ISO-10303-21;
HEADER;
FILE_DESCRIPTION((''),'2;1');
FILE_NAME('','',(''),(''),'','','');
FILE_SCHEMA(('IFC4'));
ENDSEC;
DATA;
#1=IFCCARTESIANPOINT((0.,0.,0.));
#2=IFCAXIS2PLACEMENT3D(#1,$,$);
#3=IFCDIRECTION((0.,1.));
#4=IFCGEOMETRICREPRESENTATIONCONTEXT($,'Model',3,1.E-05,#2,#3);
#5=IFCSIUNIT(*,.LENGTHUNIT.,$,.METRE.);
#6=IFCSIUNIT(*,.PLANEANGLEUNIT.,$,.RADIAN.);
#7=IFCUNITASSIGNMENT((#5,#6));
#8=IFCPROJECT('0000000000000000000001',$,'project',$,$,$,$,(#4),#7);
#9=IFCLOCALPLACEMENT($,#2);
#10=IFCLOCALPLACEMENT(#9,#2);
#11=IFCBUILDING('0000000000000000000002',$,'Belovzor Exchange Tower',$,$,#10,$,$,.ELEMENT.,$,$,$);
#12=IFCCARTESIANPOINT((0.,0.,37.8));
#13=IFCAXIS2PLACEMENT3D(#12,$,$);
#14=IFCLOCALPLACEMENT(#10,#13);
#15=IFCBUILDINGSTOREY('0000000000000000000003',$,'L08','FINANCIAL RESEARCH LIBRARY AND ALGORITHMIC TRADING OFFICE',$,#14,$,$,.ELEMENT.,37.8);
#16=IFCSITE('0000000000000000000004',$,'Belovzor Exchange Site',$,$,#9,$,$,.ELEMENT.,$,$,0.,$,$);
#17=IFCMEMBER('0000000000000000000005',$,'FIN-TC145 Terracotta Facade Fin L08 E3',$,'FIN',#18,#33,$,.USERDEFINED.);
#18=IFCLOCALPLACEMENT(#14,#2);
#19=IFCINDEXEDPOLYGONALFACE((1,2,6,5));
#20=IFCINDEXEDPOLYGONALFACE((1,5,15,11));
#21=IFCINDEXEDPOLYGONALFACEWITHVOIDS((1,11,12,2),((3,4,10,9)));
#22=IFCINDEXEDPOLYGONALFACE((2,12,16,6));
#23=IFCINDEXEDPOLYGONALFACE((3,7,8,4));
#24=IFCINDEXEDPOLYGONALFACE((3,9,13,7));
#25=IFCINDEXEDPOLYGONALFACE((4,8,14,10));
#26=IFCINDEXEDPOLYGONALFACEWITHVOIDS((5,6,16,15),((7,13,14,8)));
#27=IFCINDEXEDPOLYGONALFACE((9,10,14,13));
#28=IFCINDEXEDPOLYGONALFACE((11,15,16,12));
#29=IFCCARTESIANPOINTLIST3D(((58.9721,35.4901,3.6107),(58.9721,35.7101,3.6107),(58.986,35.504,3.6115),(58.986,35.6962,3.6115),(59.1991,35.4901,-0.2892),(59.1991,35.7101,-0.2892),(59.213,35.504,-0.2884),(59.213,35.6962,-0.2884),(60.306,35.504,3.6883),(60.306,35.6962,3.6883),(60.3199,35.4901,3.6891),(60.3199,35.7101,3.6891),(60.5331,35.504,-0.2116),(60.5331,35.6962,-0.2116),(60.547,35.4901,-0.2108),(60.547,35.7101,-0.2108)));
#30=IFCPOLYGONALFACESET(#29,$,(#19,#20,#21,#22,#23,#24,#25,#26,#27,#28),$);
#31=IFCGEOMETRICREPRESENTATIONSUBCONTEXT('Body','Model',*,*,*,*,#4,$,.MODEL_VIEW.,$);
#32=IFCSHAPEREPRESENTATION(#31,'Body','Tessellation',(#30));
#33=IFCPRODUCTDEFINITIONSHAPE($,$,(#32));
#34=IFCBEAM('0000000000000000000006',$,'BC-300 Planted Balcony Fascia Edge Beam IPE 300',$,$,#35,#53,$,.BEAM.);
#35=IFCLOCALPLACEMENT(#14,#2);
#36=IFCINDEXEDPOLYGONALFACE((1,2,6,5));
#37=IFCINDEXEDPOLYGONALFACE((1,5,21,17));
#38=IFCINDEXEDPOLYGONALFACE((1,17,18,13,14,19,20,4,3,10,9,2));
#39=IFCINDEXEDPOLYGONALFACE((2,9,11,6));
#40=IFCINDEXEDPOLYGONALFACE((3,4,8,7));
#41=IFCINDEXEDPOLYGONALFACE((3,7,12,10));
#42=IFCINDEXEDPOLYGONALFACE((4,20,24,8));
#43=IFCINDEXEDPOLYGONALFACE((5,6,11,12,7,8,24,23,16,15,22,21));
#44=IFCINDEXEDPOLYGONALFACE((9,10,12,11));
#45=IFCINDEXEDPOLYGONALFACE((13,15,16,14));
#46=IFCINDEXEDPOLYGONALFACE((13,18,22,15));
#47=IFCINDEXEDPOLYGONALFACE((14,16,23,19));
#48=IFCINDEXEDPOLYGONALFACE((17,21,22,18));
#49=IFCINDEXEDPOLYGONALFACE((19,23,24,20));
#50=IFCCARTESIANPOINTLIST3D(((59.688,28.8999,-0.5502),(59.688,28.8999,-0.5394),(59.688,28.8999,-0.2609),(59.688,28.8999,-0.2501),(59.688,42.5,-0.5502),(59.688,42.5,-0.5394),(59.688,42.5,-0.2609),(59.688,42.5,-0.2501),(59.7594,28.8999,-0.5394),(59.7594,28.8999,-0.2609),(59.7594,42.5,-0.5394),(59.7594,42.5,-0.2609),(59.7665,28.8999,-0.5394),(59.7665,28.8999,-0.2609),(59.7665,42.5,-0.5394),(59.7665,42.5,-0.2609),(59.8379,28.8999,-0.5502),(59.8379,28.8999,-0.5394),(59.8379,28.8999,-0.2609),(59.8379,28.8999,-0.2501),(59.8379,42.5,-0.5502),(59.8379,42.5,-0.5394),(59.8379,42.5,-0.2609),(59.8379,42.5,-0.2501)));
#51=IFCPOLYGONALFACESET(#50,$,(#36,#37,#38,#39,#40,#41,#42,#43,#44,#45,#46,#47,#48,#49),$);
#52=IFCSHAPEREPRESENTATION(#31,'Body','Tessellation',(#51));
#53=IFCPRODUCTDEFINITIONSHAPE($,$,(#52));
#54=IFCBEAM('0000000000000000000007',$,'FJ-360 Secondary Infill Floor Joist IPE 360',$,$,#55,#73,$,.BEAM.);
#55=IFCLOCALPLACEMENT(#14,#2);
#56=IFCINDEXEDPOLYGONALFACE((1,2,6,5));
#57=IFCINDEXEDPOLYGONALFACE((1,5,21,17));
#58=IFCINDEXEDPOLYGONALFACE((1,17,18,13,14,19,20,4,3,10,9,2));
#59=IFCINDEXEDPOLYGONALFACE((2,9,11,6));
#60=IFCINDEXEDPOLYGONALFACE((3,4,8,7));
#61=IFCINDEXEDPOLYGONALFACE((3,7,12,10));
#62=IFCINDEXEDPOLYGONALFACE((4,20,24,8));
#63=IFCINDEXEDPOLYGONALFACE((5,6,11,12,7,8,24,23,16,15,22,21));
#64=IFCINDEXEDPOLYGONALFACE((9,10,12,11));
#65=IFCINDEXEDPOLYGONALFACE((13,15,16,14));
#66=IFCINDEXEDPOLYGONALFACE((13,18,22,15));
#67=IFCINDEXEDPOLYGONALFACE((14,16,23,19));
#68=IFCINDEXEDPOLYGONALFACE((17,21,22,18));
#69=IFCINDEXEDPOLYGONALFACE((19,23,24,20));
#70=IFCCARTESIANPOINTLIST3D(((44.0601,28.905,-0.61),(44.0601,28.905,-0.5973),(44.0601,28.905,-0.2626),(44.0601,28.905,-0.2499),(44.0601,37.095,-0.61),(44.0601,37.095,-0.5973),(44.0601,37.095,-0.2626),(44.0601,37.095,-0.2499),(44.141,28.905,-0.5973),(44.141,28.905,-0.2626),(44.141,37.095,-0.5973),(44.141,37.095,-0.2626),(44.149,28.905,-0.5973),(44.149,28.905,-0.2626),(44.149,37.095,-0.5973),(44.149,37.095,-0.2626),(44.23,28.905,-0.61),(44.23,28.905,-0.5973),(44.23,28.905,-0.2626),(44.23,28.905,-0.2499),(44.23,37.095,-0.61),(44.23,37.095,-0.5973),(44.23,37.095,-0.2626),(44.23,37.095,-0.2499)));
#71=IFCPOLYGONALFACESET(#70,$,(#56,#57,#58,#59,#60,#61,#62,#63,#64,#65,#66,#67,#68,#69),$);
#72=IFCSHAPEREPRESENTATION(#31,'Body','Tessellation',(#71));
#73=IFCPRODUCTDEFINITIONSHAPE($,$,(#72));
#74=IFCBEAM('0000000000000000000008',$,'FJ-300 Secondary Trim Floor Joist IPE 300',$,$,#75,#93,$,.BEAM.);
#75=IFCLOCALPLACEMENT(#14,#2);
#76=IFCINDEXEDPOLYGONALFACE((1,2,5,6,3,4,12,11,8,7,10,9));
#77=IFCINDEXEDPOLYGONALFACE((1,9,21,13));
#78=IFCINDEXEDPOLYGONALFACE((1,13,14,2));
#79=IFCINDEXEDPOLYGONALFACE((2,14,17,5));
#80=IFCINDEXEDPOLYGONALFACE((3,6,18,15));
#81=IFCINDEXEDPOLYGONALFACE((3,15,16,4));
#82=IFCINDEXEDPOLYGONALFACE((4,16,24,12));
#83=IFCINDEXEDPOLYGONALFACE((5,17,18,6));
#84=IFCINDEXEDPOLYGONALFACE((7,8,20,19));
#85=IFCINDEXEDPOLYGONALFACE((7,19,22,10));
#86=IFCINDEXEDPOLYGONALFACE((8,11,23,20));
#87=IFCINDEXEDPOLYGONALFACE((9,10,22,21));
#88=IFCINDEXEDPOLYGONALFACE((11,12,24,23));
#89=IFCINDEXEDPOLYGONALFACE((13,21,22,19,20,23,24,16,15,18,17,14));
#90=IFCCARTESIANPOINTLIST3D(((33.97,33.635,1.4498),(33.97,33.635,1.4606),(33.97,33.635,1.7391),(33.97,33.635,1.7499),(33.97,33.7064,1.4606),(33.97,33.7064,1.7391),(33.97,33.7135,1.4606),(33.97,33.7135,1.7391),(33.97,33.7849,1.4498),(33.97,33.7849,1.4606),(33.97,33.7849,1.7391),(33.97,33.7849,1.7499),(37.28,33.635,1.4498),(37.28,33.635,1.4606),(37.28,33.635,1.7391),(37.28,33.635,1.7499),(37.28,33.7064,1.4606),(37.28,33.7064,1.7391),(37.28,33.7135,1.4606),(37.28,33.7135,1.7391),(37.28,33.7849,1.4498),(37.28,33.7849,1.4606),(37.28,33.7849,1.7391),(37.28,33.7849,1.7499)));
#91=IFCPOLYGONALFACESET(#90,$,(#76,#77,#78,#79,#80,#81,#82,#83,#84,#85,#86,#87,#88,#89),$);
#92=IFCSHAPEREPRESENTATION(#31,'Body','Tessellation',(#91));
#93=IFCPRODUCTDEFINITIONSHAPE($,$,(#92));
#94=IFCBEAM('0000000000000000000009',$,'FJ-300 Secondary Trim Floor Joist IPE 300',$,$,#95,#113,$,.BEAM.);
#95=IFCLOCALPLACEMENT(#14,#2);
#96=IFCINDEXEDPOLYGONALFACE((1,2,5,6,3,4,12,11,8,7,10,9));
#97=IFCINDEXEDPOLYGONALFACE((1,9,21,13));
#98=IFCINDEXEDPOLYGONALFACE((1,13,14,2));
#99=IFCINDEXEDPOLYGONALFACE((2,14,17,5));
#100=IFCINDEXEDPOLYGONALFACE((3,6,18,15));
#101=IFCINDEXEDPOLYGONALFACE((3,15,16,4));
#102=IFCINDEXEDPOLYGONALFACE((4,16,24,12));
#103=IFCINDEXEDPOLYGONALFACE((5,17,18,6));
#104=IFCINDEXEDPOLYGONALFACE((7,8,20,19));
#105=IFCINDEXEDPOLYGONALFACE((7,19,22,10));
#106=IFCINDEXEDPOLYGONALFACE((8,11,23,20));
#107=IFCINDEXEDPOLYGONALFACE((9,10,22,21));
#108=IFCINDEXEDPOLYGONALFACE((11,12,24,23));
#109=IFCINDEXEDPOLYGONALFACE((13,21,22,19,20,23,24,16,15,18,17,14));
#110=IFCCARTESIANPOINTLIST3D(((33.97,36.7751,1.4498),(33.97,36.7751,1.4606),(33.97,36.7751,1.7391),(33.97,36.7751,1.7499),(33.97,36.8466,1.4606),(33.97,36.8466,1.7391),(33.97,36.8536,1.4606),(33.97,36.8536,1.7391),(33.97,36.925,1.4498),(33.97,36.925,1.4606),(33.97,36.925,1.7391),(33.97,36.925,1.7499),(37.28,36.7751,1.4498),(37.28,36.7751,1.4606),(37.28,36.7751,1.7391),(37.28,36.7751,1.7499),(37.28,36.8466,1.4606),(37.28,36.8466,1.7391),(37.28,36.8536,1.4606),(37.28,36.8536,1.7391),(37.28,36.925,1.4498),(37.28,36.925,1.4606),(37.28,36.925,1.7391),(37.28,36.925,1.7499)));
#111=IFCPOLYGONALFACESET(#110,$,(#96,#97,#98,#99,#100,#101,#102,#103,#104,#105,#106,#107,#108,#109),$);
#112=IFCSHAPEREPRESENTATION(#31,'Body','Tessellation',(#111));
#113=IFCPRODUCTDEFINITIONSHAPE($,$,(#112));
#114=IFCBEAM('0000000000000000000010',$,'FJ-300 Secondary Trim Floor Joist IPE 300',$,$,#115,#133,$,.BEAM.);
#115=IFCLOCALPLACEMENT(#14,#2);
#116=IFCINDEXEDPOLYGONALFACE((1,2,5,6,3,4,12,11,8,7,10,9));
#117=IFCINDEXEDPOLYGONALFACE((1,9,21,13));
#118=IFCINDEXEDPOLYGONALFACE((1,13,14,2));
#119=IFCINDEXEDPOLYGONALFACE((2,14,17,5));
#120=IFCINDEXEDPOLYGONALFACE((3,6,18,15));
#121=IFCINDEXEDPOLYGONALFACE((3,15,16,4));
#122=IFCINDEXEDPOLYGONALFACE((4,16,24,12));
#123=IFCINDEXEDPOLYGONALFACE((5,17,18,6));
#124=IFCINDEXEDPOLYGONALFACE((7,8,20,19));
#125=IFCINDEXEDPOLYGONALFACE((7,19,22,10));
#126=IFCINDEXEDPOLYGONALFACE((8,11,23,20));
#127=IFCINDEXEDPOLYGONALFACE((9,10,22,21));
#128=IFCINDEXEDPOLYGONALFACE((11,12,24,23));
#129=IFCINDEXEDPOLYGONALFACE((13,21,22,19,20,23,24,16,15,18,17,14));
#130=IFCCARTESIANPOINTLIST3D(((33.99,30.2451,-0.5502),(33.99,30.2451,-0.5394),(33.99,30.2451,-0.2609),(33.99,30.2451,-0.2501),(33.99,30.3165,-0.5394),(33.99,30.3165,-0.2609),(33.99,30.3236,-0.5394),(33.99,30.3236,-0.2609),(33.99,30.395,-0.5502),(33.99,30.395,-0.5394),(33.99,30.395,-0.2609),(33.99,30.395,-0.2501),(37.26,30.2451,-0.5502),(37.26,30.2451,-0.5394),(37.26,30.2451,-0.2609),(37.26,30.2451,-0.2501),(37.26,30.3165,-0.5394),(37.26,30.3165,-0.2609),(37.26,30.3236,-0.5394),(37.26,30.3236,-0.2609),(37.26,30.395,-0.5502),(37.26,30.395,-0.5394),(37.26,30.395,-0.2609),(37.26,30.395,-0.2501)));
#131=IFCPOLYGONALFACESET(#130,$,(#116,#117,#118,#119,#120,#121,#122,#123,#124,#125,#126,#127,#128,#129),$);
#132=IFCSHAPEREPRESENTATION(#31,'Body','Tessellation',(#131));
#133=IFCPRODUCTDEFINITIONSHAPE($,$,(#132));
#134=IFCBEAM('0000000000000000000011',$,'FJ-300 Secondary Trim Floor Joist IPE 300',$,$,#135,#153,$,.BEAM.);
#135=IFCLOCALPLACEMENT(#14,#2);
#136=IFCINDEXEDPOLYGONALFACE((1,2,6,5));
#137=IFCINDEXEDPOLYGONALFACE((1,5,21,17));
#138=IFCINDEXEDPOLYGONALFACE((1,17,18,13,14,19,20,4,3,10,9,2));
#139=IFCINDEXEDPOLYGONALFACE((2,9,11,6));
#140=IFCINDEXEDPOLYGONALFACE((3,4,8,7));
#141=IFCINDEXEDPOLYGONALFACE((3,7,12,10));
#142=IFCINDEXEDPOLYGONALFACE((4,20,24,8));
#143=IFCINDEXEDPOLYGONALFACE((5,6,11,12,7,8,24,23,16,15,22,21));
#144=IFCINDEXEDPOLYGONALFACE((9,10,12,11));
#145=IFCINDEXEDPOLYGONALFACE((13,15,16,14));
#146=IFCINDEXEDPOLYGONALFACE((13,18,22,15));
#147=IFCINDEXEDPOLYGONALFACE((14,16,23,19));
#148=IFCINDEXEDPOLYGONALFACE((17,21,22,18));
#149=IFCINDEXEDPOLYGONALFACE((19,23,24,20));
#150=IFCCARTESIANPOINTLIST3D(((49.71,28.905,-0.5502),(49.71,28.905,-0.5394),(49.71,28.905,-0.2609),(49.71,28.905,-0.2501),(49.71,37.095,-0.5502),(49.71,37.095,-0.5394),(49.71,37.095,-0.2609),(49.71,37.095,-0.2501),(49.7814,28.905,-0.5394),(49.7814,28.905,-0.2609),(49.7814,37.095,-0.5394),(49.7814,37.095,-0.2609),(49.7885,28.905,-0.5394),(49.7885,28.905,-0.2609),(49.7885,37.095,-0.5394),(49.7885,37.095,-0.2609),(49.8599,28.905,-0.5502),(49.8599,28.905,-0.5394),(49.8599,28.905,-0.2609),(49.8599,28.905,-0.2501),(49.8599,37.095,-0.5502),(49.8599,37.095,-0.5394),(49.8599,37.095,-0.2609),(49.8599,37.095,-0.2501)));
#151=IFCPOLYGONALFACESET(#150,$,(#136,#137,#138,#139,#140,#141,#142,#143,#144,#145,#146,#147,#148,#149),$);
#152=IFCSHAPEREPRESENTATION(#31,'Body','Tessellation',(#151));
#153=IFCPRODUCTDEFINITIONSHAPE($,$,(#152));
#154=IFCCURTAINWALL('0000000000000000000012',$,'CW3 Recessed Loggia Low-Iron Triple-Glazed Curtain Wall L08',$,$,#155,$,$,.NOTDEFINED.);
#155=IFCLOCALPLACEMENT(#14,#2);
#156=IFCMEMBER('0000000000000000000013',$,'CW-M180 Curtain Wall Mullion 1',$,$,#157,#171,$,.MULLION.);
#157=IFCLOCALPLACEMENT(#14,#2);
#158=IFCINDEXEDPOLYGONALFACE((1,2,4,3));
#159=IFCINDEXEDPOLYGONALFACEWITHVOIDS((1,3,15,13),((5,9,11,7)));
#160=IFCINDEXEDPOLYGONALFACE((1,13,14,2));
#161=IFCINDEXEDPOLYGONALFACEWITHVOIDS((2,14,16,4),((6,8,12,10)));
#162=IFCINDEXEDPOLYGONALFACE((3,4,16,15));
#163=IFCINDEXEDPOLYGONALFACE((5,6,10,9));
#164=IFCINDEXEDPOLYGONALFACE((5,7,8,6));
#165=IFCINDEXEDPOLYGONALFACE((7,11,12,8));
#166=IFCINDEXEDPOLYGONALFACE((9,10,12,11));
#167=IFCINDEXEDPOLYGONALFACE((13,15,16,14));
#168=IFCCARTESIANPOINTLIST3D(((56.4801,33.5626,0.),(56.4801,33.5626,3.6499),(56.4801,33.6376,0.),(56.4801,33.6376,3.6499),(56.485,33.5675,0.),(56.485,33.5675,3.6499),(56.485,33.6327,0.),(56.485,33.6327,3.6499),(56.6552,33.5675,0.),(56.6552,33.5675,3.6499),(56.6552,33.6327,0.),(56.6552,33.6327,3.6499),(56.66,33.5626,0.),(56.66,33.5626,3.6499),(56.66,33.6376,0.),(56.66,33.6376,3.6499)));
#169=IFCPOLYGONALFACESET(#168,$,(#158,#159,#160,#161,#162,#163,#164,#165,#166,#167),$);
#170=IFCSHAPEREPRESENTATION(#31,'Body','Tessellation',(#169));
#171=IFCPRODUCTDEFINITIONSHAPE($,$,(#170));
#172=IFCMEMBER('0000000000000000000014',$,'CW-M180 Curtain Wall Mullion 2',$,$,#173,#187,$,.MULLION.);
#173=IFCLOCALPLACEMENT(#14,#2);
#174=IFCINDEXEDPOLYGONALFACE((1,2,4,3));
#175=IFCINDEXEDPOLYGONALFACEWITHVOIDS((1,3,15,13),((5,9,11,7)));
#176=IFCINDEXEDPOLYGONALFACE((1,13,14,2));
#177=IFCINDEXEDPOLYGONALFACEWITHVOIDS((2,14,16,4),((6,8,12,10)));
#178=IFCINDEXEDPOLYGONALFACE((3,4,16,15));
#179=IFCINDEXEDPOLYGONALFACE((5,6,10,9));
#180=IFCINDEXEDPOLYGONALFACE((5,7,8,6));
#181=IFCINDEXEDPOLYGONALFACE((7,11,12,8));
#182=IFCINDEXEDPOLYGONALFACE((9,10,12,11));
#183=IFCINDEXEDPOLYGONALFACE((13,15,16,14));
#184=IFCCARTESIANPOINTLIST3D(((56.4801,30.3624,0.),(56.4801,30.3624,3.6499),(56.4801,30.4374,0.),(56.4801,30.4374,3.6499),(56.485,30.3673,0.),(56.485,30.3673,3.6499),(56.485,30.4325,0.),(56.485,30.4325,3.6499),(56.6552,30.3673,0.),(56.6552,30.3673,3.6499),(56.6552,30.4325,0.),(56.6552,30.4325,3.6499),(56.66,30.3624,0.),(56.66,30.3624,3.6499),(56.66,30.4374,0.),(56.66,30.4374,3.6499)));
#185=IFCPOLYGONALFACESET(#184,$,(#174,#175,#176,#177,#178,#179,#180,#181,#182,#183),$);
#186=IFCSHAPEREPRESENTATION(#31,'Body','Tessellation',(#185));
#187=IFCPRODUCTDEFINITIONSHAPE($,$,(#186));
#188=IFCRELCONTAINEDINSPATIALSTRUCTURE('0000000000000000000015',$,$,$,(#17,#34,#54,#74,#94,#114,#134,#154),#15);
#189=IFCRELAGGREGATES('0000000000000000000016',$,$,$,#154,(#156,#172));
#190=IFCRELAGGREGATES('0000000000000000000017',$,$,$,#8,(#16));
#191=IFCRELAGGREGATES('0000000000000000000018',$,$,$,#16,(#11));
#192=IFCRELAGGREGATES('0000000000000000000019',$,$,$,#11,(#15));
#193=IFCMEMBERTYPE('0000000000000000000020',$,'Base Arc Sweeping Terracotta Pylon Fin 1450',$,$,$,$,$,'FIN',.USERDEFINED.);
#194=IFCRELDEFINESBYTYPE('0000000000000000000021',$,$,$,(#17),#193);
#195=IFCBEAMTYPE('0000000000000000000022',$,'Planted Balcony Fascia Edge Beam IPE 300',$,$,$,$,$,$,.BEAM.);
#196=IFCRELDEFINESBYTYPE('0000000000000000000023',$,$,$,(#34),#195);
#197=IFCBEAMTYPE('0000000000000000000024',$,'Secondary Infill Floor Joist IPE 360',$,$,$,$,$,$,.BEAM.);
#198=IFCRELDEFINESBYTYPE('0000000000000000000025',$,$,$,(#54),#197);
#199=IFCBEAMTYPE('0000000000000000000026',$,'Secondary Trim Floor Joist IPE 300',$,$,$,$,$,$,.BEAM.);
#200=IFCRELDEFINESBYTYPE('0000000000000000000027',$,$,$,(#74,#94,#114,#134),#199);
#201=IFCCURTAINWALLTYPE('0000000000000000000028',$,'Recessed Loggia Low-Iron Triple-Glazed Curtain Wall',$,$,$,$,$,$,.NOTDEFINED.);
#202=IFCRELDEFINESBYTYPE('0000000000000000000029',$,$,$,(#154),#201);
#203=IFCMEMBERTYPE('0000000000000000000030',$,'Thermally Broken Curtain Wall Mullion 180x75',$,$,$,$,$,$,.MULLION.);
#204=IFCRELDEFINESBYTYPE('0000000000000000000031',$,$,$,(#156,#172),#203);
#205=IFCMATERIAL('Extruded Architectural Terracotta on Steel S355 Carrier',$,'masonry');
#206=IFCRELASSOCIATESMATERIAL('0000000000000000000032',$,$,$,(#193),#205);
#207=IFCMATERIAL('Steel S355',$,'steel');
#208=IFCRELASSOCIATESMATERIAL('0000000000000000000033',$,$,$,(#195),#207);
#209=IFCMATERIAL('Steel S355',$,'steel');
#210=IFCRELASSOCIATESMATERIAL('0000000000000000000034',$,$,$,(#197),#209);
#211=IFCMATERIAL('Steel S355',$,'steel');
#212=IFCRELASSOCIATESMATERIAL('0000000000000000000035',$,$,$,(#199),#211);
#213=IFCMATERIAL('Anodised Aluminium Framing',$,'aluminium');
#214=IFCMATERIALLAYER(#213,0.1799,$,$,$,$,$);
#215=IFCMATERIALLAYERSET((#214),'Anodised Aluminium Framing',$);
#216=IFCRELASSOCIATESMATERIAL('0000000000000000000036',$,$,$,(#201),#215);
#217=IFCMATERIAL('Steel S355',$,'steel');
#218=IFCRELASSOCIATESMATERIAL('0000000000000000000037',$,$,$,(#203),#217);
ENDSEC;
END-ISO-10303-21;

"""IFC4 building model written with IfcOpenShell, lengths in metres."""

from ifc_helpers import new_model, si_unit, direction, frame, origin, origin_2d, place, context, subcontext, project, spatial, hollow_rectangle, i_section, extrude, material, layer, layer_set, material_profile, profile_set, type_object, element, aggregate, save


model = new_model("IFC4")

# Units and contexts
model_context = context("Model", 3, precision=1e-05, world=origin(), true_north=direction((0.0, 1.0)))
body_context = subcontext(model_context, "Body", "Model", "MODEL_VIEW")
ifc_project = project(units=[si_unit("LENGTHUNIT", "METRE"), si_unit("PLANEANGLEUNIT", "RADIAN")], contexts=[model_context])

# Site, building, storey
site_placement = place(None, origin())
site = spatial("IfcSite", under=ifc_project, at=site_placement, Name="Belovzor Exchange Site", CompositionType="ELEMENT", RefElevation=0.0)
building_placement = place(site_placement, origin())
building = spatial("IfcBuilding", under=site, at=building_placement, Name="Belovzor Exchange Tower", CompositionType="ELEMENT")
storey_placement = place(building_placement, frame((0.0, 0.0, 37.8)))
storey = spatial("IfcBuildingStorey", under=building, at=storey_placement, Name="L08", Description="FINANCIAL RESEARCH LIBRARY AND ALGORITHMIC TRADING OFFICE", CompositionType="ELEMENT", Elevation=37.8)

# Member
ifc_material_1 = material(Name="Extruded Architectural Terracotta on Steel S355 Carrier", Category="masonry")
ifc_material_profile_1 = material_profile(ifc_material_1, hollow_rectangle(XDim=0.22, YDim=1.3501, WallThickness=0.0139, at=origin_2d()))
ifc_profile_set_1 = profile_set([ifc_material_profile_1], Name="Extruded Architectural Terracotta on Steel S355 Carrier")
member_type_1 = type_object("IfcMemberType", Name="Base Arc Sweeping Terracotta Pylon Fin 1450", ElementType="FIN", PredefinedType="USERDEFINED", material=ifc_profile_set_1)
member_1_placement = place(storey_placement, frame((59.873, 35.6001, -0.25), z_axis=(-0.058121, 0.0, 0.99831), x_axis=(0.0, -1.0, 0.0)))
element("IfcMember", 1, at=member_1_placement, inside=storey, type_object=member_type_1, Name="FIN-TC145 Terracotta Facade Fin L08 E3", ObjectType="FIN", PredefinedType="USERDEFINED", context=body_context, shape_type="SweptSolid", body=[
    extrude(hollow_rectangle(XDim=0.22, YDim=1.3501, WallThickness=0.0139, at=origin_2d()), origin(), (0.0, 0.0, 1.0), 3.9065),
])

# Beams
ifc_material_2 = material(Name="Steel S355", Category="steel")
ifc_material_profile_2 = material_profile(ifc_material_2, i_section(OverallWidth=0.1499, OverallDepth=0.3, WebThickness=0.0071, FlangeThickness=0.0107, at=origin_2d()))
ifc_profile_set_2 = profile_set([ifc_material_profile_2], Name="Steel S355")
beam_type_1 = type_object("IfcBeamType", Name="Planted Balcony Fascia Edge Beam IPE 300", PredefinedType="BEAM", material=ifc_profile_set_2)
beam_1_placement = place(storey_placement, frame((59.7629, 28.8999, -0.4001), z_axis=(0.0, 1.0, 0.0), x_axis=(-1.0, 0.0, 0.0)))
element("IfcBeam", 2, at=beam_1_placement, inside=storey, type_object=beam_type_1, Name="BC-300 Planted Balcony Fascia Edge Beam IPE 300", PredefinedType="BEAM", context=body_context, shape_type="SweptSolid", body=[
    extrude(i_section(OverallWidth=0.1499, OverallDepth=0.3, WebThickness=0.0071, FlangeThickness=0.0107, at=origin_2d()), origin(), (0.0, 0.0, 1.0), 13.6001),
])
ifc_material_3 = material(Name="Steel S355", Category="steel")
ifc_material_profile_3 = material_profile(ifc_material_3, i_section(OverallWidth=0.1699, OverallDepth=0.3601, WebThickness=0.0081, FlangeThickness=0.0127, at=origin_2d()))
ifc_profile_set_3 = profile_set([ifc_material_profile_3], Name="Steel S355")
beam_type_2 = type_object("IfcBeamType", Name="Secondary Infill Floor Joist IPE 360", PredefinedType="BEAM", material=ifc_profile_set_3)
beam_2_placement = place(storey_placement, frame((44.145, 28.905, -0.4299), z_axis=(0.0, 1.0, 0.0), x_axis=(-1.0, 0.0, 0.0)))
element("IfcBeam", 3, at=beam_2_placement, inside=storey, type_object=beam_type_2, Name="FJ-360 Secondary Infill Floor Joist IPE 360", PredefinedType="BEAM", context=body_context, shape_type="SweptSolid", body=[
    extrude(i_section(OverallWidth=0.1699, OverallDepth=0.3601, WebThickness=0.0081, FlangeThickness=0.0127, at=origin_2d()), origin(), (0.0, 0.0, 1.0), 8.1899),
])
ifc_material_4 = material(Name="Steel S355", Category="steel")
ifc_material_profile_4 = material_profile(ifc_material_4, i_section(OverallWidth=0.1499, OverallDepth=0.3, WebThickness=0.0071, FlangeThickness=0.0107, at=origin_2d()))
ifc_profile_set_4 = profile_set([ifc_material_profile_4], Name="Steel S355")
beam_type_3 = type_object("IfcBeamType", Name="Secondary Trim Floor Joist IPE 300", PredefinedType="BEAM", material=ifc_profile_set_4)
for number, where, z_axis, x_axis, name in (
    (4, (37.28, 33.71, 1.5999), (-1.0, 0.0, 0.0), (0.0, -1.0, 0.0), "FJ-300 Secondary Trim Floor Joist IPE 300"),
    (5, (37.28, 36.8501, 1.5999), (-1.0, 0.0, 0.0), (0.0, -1.0, 0.0), "FJ-300 Secondary Trim Floor Joist IPE 300"),
):
    element("IfcBeam", number, at=place(storey_placement, frame(where, z_axis=z_axis, x_axis=x_axis)), inside=storey, type_object=beam_type_3, Name=name, PredefinedType="BEAM", context=body_context, shape_type="SweptSolid", body=[
        extrude(i_section(OverallWidth=0.1499, OverallDepth=0.3, WebThickness=0.0071, FlangeThickness=0.0107, at=origin_2d()), origin(), (0.0, 0.0, 1.0), 3.3101),
    ])
beam_3_placement = place(storey_placement, frame((37.26, 30.3201, -0.4001), z_axis=(-1.0, 0.0, 0.0), x_axis=(0.0, -1.0, 0.0)))
element("IfcBeam", 6, at=beam_3_placement, inside=storey, type_object=beam_type_3, Name="FJ-300 Secondary Trim Floor Joist IPE 300", PredefinedType="BEAM", context=body_context, shape_type="SweptSolid", body=[
    extrude(i_section(OverallWidth=0.1499, OverallDepth=0.3, WebThickness=0.0071, FlangeThickness=0.0107, at=origin_2d()), origin(), (0.0, 0.0, 1.0), 3.27),
])
beam_4_placement = place(storey_placement, frame((49.7849, 28.905, -0.4001), z_axis=(0.0, 1.0, 0.0), x_axis=(-1.0, 0.0, 0.0)))
element("IfcBeam", 7, at=beam_4_placement, inside=storey, type_object=beam_type_3, Name="FJ-300 Secondary Trim Floor Joist IPE 300", PredefinedType="BEAM", context=body_context, shape_type="SweptSolid", body=[
    extrude(i_section(OverallWidth=0.1499, OverallDepth=0.3, WebThickness=0.0071, FlangeThickness=0.0107, at=origin_2d()), origin(), (0.0, 0.0, 1.0), 8.1899),
])

# Curtain wall, members
ifc_material_5 = material(Name="Anodised Aluminium Framing", Category="aluminium")
ifc_layer_1 = layer(ifc_material_5, 0.1799)
ifc_layer_set_1 = layer_set([ifc_layer_1], Name="Anodised Aluminium Framing")
curtain_wall_type = type_object("IfcCurtainWallType", Name="Recessed Loggia Low-Iron Triple-Glazed Curtain Wall", PredefinedType="NOTDEFINED", material=ifc_layer_set_1)
curtain_wall_placement = place(storey_placement, origin())
curtain_wall = element("IfcCurtainWall", 8, at=curtain_wall_placement, inside=storey, type_object=curtain_wall_type, Name="CW3 Recessed Loggia Low-Iron Triple-Glazed Curtain Wall L08", PredefinedType="NOTDEFINED")
ifc_material_6 = material(Name="Steel S355", Category="steel")
ifc_material_profile_5 = material_profile(ifc_material_6, hollow_rectangle(XDim=0.075, YDim=0.1799, WallThickness=0.0049, at=origin_2d()))
ifc_profile_set_5 = profile_set([ifc_material_profile_5], Name="Steel S355")
member_type_2 = type_object("IfcMemberType", Name="Thermally Broken Curtain Wall Mullion 180x75", PredefinedType="MULLION", material=ifc_profile_set_5)
member_2_placement = place(storey_placement, frame((56.5701, 33.6001, 0.0), z_axis=(0.0, 0.0, 1.0), x_axis=(0.0, -1.0, 0.0)))
member_2 = element("IfcMember", 9, at=member_2_placement, type_object=member_type_2, Name="CW-M180 Curtain Wall Mullion 1", PredefinedType="MULLION", context=body_context, shape_type="SweptSolid", body=[
    extrude(hollow_rectangle(XDim=0.075, YDim=0.1799, WallThickness=0.0049, at=origin_2d()), origin(), (0.0, 0.0, 1.0), 3.6499),
])
member_3_placement = place(storey_placement, frame((56.5701, 30.3999, 0.0), z_axis=(0.0, 0.0, 1.0), x_axis=(0.0, -1.0, 0.0)))
member_3 = element("IfcMember", 10, at=member_3_placement, type_object=member_type_2, Name="CW-M180 Curtain Wall Mullion 2", PredefinedType="MULLION", context=body_context, shape_type="SweptSolid", body=[
    extrude(hollow_rectangle(XDim=0.075, YDim=0.1799, WallThickness=0.0049, at=origin_2d()), origin(), (0.0, 0.0, 1.0), 3.6499),
])

aggregate(curtain_wall, [member_2, member_3])

save(model, "model.ifc")
